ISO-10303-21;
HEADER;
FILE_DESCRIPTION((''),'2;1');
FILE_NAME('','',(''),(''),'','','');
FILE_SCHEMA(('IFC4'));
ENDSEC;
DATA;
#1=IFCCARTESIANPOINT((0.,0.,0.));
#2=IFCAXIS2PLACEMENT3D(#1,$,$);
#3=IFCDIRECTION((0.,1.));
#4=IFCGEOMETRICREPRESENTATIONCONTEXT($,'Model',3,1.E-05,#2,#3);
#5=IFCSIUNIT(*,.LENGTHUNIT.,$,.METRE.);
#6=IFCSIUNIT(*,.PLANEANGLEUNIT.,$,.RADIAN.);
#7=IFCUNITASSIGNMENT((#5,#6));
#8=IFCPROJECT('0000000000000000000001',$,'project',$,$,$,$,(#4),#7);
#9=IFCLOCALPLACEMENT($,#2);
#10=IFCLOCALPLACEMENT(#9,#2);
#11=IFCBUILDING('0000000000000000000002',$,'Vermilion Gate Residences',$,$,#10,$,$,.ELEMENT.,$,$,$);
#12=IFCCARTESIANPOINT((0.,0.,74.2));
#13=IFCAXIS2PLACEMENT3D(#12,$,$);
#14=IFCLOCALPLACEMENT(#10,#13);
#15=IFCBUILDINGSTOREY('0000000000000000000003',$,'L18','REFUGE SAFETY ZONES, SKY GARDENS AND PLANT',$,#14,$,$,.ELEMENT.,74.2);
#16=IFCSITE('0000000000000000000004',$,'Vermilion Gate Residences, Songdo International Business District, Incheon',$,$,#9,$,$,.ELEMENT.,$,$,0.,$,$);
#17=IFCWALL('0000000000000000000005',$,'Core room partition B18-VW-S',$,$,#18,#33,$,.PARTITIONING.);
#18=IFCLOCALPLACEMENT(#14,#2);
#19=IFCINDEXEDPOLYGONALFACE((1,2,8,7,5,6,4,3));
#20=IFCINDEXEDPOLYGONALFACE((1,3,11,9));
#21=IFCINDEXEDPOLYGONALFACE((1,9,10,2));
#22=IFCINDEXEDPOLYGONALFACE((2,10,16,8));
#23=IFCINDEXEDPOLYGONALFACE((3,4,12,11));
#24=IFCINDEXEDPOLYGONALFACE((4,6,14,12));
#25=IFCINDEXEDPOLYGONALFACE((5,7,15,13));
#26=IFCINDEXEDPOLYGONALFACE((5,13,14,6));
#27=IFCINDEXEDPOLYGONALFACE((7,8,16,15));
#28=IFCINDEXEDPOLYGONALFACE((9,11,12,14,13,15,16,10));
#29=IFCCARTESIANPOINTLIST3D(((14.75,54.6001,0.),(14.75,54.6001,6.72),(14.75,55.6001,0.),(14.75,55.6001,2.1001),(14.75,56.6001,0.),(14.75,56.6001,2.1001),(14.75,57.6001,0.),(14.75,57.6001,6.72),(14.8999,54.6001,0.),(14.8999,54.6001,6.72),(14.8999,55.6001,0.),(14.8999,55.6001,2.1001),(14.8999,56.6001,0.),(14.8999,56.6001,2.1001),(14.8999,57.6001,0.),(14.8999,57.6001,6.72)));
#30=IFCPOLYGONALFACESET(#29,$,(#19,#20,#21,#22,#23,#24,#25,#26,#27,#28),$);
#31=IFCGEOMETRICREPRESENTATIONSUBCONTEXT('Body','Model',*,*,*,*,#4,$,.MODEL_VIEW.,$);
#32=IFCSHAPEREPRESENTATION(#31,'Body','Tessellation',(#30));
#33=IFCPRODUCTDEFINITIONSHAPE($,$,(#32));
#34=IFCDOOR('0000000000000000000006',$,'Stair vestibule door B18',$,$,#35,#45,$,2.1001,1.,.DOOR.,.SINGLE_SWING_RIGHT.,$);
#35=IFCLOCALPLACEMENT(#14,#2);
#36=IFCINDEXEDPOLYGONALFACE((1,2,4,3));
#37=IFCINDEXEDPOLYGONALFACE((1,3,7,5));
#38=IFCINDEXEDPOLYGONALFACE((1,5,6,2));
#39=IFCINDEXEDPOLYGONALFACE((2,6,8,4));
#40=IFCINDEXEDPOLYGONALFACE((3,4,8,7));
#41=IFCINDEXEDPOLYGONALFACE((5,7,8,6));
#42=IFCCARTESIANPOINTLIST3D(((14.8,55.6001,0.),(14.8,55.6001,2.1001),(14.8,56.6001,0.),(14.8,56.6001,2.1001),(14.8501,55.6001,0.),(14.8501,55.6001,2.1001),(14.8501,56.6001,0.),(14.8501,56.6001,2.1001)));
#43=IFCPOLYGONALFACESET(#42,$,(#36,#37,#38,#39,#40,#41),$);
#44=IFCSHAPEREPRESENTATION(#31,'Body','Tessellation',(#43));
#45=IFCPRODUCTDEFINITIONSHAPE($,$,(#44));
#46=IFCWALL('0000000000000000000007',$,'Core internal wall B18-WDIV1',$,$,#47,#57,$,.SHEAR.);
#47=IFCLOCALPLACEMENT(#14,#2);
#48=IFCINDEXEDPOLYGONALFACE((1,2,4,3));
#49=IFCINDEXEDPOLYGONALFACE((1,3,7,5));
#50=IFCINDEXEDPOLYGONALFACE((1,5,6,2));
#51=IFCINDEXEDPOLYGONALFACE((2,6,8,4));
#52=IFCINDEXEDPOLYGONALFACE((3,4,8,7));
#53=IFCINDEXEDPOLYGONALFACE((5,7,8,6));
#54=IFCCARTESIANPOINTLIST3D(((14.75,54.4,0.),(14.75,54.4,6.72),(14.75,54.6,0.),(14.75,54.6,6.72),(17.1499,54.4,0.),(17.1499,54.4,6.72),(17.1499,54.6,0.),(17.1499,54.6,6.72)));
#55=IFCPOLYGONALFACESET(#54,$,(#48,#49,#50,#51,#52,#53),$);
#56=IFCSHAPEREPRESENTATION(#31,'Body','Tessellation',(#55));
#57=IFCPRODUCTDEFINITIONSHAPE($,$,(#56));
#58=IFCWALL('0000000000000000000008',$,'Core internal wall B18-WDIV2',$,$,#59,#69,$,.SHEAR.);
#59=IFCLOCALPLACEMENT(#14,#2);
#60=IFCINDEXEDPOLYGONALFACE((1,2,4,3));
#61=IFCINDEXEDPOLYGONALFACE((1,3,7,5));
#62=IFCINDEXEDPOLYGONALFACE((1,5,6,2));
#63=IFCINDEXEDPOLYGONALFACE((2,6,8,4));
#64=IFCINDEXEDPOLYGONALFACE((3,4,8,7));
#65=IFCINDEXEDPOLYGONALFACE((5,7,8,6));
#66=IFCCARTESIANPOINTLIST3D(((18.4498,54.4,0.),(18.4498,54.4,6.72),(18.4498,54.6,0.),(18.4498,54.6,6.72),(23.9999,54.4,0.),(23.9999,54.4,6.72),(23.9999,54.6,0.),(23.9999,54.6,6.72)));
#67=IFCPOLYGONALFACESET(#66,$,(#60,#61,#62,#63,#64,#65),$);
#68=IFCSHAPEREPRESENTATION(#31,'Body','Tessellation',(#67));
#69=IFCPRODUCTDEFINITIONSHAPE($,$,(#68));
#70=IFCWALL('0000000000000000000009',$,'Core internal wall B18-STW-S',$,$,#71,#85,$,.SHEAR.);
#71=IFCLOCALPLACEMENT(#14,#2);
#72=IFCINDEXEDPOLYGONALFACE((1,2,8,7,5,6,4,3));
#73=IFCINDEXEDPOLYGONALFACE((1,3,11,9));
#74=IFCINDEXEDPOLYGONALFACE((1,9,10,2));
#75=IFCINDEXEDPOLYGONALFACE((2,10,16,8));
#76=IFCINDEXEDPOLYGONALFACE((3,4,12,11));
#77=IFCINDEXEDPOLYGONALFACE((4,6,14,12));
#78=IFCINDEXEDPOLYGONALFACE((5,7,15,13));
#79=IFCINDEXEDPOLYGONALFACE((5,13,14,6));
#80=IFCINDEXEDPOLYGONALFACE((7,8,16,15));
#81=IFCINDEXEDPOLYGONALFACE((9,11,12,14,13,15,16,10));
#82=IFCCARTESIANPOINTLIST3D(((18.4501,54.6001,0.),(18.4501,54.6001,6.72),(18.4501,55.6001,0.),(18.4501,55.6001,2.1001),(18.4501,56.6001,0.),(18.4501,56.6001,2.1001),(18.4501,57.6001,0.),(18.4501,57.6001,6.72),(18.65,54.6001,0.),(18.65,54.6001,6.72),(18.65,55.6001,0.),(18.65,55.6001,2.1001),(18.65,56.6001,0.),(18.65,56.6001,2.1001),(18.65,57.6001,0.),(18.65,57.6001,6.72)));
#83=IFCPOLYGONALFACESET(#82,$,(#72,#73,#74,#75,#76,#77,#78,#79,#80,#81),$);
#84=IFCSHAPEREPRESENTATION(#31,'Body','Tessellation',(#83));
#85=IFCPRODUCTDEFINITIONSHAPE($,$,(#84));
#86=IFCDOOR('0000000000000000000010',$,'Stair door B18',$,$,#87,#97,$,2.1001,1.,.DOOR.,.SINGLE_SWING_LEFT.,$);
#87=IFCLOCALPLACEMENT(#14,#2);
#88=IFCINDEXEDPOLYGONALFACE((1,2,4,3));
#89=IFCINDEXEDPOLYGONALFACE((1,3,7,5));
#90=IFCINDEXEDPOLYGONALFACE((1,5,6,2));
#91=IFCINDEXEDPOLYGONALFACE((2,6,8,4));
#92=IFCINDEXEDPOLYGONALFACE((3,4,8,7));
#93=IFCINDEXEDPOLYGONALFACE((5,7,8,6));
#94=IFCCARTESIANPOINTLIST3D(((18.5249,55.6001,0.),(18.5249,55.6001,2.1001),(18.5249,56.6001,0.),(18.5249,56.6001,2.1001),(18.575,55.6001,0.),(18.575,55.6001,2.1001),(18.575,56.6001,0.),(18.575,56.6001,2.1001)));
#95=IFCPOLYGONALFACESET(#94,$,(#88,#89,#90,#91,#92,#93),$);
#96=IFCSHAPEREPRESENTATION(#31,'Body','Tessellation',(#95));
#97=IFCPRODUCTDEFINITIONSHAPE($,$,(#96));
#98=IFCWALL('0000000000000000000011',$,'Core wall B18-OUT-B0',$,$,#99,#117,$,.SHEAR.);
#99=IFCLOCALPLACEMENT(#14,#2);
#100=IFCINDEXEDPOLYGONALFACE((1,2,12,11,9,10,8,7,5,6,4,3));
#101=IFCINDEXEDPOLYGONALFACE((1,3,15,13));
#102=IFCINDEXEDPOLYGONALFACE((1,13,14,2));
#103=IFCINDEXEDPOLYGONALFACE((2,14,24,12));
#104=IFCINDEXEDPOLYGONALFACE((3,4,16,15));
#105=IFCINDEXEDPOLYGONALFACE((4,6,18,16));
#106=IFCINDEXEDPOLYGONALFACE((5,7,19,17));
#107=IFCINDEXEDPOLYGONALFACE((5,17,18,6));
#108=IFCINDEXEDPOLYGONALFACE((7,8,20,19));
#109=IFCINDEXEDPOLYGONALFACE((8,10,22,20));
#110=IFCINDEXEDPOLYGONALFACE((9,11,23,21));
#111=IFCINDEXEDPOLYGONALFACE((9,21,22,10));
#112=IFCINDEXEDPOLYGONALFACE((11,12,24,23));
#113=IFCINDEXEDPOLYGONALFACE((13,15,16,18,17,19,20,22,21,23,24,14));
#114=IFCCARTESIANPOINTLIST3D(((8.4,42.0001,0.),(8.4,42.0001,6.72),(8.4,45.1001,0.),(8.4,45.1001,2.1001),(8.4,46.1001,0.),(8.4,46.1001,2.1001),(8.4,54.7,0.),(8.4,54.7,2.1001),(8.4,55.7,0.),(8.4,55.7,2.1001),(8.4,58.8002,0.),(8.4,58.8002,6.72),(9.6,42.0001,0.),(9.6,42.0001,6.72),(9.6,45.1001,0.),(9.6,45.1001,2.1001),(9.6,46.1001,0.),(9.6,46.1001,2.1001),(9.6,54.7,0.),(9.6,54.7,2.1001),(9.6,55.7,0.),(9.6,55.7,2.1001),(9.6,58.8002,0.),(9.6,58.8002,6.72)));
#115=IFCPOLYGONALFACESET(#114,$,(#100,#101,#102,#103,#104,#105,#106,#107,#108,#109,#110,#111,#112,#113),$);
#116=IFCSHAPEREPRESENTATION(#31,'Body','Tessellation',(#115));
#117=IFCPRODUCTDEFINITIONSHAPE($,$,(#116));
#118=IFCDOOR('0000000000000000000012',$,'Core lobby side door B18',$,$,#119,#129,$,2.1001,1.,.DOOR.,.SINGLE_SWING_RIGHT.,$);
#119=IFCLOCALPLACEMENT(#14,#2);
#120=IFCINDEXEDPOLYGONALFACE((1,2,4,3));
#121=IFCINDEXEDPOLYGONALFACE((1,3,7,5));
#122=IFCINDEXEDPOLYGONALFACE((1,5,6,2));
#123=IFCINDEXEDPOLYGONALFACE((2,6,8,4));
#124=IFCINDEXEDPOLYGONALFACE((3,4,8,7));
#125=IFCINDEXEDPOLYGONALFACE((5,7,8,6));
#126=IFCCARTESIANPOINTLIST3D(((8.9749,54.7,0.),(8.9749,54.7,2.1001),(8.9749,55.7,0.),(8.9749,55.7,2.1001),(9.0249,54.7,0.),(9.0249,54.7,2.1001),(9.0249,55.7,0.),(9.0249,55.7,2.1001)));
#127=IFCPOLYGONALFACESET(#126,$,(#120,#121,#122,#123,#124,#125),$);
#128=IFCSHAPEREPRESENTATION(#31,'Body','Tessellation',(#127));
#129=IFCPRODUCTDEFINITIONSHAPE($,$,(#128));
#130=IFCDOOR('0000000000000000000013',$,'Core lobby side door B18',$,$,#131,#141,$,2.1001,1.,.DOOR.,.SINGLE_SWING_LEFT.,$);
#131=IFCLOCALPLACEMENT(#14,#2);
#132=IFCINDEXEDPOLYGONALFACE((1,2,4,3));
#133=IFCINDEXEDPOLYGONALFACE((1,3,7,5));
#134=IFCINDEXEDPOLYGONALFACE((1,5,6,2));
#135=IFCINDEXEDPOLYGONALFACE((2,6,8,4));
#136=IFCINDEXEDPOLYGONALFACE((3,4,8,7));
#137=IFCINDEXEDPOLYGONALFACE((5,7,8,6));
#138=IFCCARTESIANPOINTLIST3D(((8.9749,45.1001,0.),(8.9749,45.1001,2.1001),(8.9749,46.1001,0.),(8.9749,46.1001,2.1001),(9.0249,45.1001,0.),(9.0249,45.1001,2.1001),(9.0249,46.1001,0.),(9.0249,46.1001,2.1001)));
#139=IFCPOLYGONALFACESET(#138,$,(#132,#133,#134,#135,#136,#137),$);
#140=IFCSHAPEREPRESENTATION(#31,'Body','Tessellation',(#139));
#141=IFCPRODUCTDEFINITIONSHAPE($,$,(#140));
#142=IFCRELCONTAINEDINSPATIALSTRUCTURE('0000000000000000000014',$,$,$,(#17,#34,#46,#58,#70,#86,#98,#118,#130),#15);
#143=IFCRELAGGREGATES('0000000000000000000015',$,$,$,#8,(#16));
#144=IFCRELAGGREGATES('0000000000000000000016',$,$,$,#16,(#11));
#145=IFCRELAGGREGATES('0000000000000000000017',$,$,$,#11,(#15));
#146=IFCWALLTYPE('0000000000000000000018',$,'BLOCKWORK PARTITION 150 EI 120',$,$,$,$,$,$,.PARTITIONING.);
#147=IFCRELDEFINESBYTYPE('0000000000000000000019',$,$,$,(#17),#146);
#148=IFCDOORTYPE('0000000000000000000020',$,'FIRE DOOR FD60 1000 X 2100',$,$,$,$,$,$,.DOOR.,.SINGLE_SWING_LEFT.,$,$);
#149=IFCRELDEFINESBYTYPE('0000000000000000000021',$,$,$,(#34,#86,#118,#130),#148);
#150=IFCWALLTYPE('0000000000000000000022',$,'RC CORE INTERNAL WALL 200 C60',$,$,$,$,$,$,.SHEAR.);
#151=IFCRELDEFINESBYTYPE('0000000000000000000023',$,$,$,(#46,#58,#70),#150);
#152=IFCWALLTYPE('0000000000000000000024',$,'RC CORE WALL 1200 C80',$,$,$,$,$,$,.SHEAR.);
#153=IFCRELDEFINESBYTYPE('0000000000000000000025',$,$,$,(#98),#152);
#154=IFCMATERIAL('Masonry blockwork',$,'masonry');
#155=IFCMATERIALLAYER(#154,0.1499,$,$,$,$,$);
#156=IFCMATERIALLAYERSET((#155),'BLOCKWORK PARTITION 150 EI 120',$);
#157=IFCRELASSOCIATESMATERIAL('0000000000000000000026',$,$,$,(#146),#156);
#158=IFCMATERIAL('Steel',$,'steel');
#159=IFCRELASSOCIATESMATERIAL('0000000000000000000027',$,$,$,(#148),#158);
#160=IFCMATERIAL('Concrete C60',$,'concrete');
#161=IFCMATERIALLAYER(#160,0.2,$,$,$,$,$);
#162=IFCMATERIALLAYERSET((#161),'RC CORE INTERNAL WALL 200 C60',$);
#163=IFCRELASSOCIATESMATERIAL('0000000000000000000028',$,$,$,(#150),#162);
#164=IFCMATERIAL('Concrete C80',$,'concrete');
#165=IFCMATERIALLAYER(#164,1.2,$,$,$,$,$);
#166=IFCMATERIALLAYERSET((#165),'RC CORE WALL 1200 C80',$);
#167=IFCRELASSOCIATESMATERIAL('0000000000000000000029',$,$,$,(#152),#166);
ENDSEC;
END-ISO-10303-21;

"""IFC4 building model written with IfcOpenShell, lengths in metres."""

from ifc_helpers import new_model, si_unit, direction, frame, frame_2d, origin, place, context, subcontext, project, spatial, rectangle, extrude, material, layer, layer_set, type_object, element, fill, save


model = new_model("IFC4")

# Units and contexts
model_context = context("Model", 3, precision=1e-05, world=origin(), true_north=direction((0.0, 1.0)))
body_context = subcontext(model_context, "Body", "Model", "MODEL_VIEW")
ifc_project = project(units=[si_unit("LENGTHUNIT", "METRE"), si_unit("PLANEANGLEUNIT", "RADIAN")], contexts=[model_context])

# Site, building, storey
site_placement = place(None, origin())
site = spatial("IfcSite", under=ifc_project, at=site_placement, Name="Vermilion Gate Residences, Songdo International Business District, Incheon", CompositionType="ELEMENT", RefElevation=0.0)
building_placement = place(site_placement, origin())
building = spatial("IfcBuilding", under=site, at=building_placement, Name="Vermilion Gate Residences", CompositionType="ELEMENT")
storey_placement = place(building_placement, frame((0.0, 0.0, 74.2)))
storey = spatial("IfcBuildingStorey", under=building, at=storey_placement, Name="L18", Description="REFUGE SAFETY ZONES, SKY GARDENS AND PLANT", CompositionType="ELEMENT", Elevation=74.2)

# Wall, opening, door
ifc_material_1 = material(Name="Masonry blockwork", Category="masonry")
ifc_layer_1 = layer(ifc_material_1, 0.1499)
ifc_layer_set_1 = layer_set([ifc_layer_1], Name="BLOCKWORK PARTITION 150 EI 120")
wall_type_1 = type_object("IfcWallType", Name="BLOCKWORK PARTITION 150 EI 120", PredefinedType="PARTITIONING", material=ifc_layer_set_1)
wall_1_placement = place(storey_placement, frame((14.825, 57.6001, 0.0), z_axis=(0.0, 0.0, 1.0), x_axis=(0.0, -1.0, 0.0)))
wall_1 = element("IfcWall", 1, at=wall_1_placement, inside=storey, type_object=wall_type_1, Name="Core room partition B18-VW-S", PredefinedType="PARTITIONING", context=body_context, shape_type="SweptSolid", body=[
    extrude(rectangle(XDim=3.0, YDim=0.1499, at=frame_2d((1.5, 0.0))), origin(), (0.0, 0.0, 1.0), 6.72),
])
opening_1_placement = place(wall_1_placement, frame((1.0, 0.0, 0.0)))
opening_1 = element("IfcOpeningElement", 2, at=opening_1_placement, cuts=wall_1, PredefinedType="OPENING", context=body_context, shape_type="SweptSolid", body=[
    extrude(rectangle(XDim=1.0, YDim=2.1001, at=frame_2d((0.5, 1.05))), frame((0.0, 0.085, 0.0), z_axis=(0.0, -1.0, 0.0), x_axis=(1.0, 0.0, 0.0)), (0.0, 0.0, 1.0), 0.1699),
])
ifc_material_2 = material(Name="Steel", Category="steel")
door_type_1 = type_object("IfcDoorType", Name="FIRE DOOR FD60 1000 X 2100", OperationType="SINGLE_SWING_LEFT", PredefinedType="DOOR", material=ifc_material_2)
door_1_placement = place(opening_1_placement, frame((1.0, 0.0, 0.0), z_axis=(0.0, 0.0, 1.0), x_axis=(-1.0, 0.0, 0.0)))
door_1 = element("IfcDoor", 3, at=door_1_placement, inside=storey, type_object=door_type_1, Name="Stair vestibule door B18", OperationType="SINGLE_SWING_RIGHT", OverallHeight=2.1001, OverallWidth=1.0, PredefinedType="DOOR", context=body_context, shape_type="SweptSolid", body=[
    extrude(rectangle(XDim=1.0, YDim=2.1001, at=frame_2d((0.5, 1.05))), frame((0.0, 0.0249, 0.0), z_axis=(0.0, -1.0, 0.0), x_axis=(1.0, 0.0, 0.0)), (0.0, 0.0, 1.0), 0.05),
])
fill(opening_1, door_1)

# Walls
ifc_material_3 = material(Name="Concrete C60", Category="concrete")
ifc_layer_2 = layer(ifc_material_3, 0.2)
ifc_layer_set_2 = layer_set([ifc_layer_2], Name="RC CORE INTERNAL WALL 200 C60")
wall_type_2 = type_object("IfcWallType", Name="RC CORE INTERNAL WALL 200 C60", PredefinedType="SHEAR", material=ifc_layer_set_2)
wall_2_placement = place(storey_placement, frame((14.75, 54.5, 0.0), z_axis=(0.0, 0.0, 1.0), x_axis=(1.0, 0.0, 0.0)))
element("IfcWall", 4, at=wall_2_placement, inside=storey, type_object=wall_type_2, Name="Core internal wall B18-WDIV1", PredefinedType="SHEAR", context=body_context, shape_type="SweptSolid", body=[
    extrude(rectangle(XDim=2.3999, YDim=0.2, at=frame_2d((1.2, 0.0))), origin(), (0.0, 0.0, 1.0), 6.72),
])
wall_3_placement = place(storey_placement, frame((18.45, 54.5, 0.0), z_axis=(0.0, 0.0, 1.0), x_axis=(1.0, 0.0, 0.0)))
element("IfcWall", 5, at=wall_3_placement, inside=storey, type_object=wall_type_2, Name="Core internal wall B18-WDIV2", PredefinedType="SHEAR", context=body_context, shape_type="SweptSolid", body=[
    extrude(rectangle(XDim=5.55, YDim=0.2, at=frame_2d((2.7749, 0.0))), origin(), (0.0, 0.0, 1.0), 6.72),
])

# Wall, opening, door
wall_4_placement = place(storey_placement, frame((18.55, 57.6001, 0.0), z_axis=(0.0, 0.0, 1.0), x_axis=(0.0, -1.0, 0.0)))
wall_4 = element("IfcWall", 6, at=wall_4_placement, inside=storey, type_object=wall_type_2, Name="Core internal wall B18-STW-S", PredefinedType="SHEAR", context=body_context, shape_type="SweptSolid", body=[
    extrude(rectangle(XDim=3.0, YDim=0.2, at=frame_2d((1.5, 0.0))), origin(), (0.0, 0.0, 1.0), 6.72),
])
opening_2_placement = place(wall_4_placement, frame((1.0, 0.0, 0.0)))
opening_2 = element("IfcOpeningElement", 7, at=opening_2_placement, cuts=wall_4, PredefinedType="OPENING", context=body_context, shape_type="SweptSolid", body=[
    extrude(rectangle(XDim=1.0, YDim=2.1001, at=frame_2d((0.5, 1.05))), frame((0.0, 0.1099, 0.0), z_axis=(0.0, -1.0, 0.0), x_axis=(1.0, 0.0, 0.0)), (0.0, 0.0, 1.0), 0.22),
])
door_2_placement = place(opening_2_placement, origin())
door_2 = element("IfcDoor", 8, at=door_2_placement, inside=storey, type_object=door_type_1, Name="Stair door B18", OperationType="SINGLE_SWING_LEFT", OverallHeight=2.1001, OverallWidth=1.0, PredefinedType="DOOR", context=body_context, shape_type="SweptSolid", body=[
    extrude(rectangle(XDim=1.0, YDim=2.1001, at=frame_2d((0.5, 1.05))), frame((0.0, 0.0249, 0.0), z_axis=(0.0, -1.0, 0.0), x_axis=(1.0, 0.0, 0.0)), (0.0, 0.0, 1.0), 0.05),
])
fill(opening_2, door_2)

# Wall, openings, doors
ifc_material_4 = material(Name="Concrete C80", Category="concrete")
ifc_layer_3 = layer(ifc_material_4, 1.2)
ifc_layer_set_3 = layer_set([ifc_layer_3], Name="RC CORE WALL 1200 C80")
wall_type_3 = type_object("IfcWallType", Name="RC CORE WALL 1200 C80", PredefinedType="SHEAR", material=ifc_layer_set_3)
wall_5_placement = place(storey_placement, frame((9.0, 58.8, 0.0), z_axis=(0.0, 0.0, 1.0), x_axis=(0.0, -1.0, 0.0)))
wall_5 = element("IfcWall", 9, at=wall_5_placement, inside=storey, type_object=wall_type_3, Name="Core wall B18-OUT-B0", PredefinedType="SHEAR", context=body_context, shape_type="SweptSolid", body=[
    extrude(rectangle(XDim=16.8, YDim=1.2, at=frame_2d((8.3999, 0.0))), origin(), (0.0, 0.0, 1.0), 6.72),
])
opening_3_placement = place(wall_5_placement, frame((3.1001, 0.0, 0.0)))
opening_3 = element("IfcOpeningElement", 10, at=opening_3_placement, cuts=wall_5, PredefinedType="OPENING", context=body_context, shape_type="SweptSolid", body=[
    extrude(rectangle(XDim=1.0, YDim=2.1001, at=frame_2d((0.5, 1.05))), frame((0.0, 0.6099, 0.0), z_axis=(0.0, -1.0, 0.0), x_axis=(1.0, 0.0, 0.0)), (0.0, 0.0, 1.0), 1.22),
])
opening_4_placement = place(wall_5_placement, frame((12.7, 0.0, 0.0)))
opening_4 = element("IfcOpeningElement", 11, at=opening_4_placement, cuts=wall_5, PredefinedType="OPENING", context=body_context, shape_type="SweptSolid", body=[
    extrude(rectangle(XDim=1.0, YDim=2.1001, at=frame_2d((0.5, 1.05))), frame((0.0, 0.6099, 0.0), z_axis=(0.0, -1.0, 0.0), x_axis=(1.0, 0.0, 0.0)), (0.0, 0.0, 1.0), 1.22),
])
door_3_placement = place(opening_3_placement, origin())
door_3 = element("IfcDoor", 12, at=door_3_placement, inside=storey, type_object=door_type_1, Name="Core lobby side door B18", OperationType="SINGLE_SWING_RIGHT", OverallHeight=2.1001, OverallWidth=1.0, PredefinedType="DOOR", context=body_context, shape_type="SweptSolid", body=[
    extrude(rectangle(XDim=1.0, YDim=2.1001, at=frame_2d((0.5, 1.05))), frame((0.0, 0.0249, 0.0), z_axis=(0.0, -1.0, 0.0), x_axis=(1.0, 0.0, 0.0)), (0.0, 0.0, 1.0), 0.05),
])
fill(opening_3, door_3)
door_4_placement = place(opening_4_placement, origin())
door_4 = element("IfcDoor", 13, at=door_4_placement, inside=storey, type_object=door_type_1, Name="Core lobby side door B18", OperationType="SINGLE_SWING_LEFT", OverallHeight=2.1001, OverallWidth=1.0, PredefinedType="DOOR", context=body_context, shape_type="SweptSolid", body=[
    extrude(rectangle(XDim=1.0, YDim=2.1001, at=frame_2d((0.5, 1.05))), frame((0.0, 0.0249, 0.0), z_axis=(0.0, -1.0, 0.0), x_axis=(1.0, 0.0, 0.0)), (0.0, 0.0, 1.0), 0.05),
])
fill(opening_4, door_4)

save(model, "model.ifc")
